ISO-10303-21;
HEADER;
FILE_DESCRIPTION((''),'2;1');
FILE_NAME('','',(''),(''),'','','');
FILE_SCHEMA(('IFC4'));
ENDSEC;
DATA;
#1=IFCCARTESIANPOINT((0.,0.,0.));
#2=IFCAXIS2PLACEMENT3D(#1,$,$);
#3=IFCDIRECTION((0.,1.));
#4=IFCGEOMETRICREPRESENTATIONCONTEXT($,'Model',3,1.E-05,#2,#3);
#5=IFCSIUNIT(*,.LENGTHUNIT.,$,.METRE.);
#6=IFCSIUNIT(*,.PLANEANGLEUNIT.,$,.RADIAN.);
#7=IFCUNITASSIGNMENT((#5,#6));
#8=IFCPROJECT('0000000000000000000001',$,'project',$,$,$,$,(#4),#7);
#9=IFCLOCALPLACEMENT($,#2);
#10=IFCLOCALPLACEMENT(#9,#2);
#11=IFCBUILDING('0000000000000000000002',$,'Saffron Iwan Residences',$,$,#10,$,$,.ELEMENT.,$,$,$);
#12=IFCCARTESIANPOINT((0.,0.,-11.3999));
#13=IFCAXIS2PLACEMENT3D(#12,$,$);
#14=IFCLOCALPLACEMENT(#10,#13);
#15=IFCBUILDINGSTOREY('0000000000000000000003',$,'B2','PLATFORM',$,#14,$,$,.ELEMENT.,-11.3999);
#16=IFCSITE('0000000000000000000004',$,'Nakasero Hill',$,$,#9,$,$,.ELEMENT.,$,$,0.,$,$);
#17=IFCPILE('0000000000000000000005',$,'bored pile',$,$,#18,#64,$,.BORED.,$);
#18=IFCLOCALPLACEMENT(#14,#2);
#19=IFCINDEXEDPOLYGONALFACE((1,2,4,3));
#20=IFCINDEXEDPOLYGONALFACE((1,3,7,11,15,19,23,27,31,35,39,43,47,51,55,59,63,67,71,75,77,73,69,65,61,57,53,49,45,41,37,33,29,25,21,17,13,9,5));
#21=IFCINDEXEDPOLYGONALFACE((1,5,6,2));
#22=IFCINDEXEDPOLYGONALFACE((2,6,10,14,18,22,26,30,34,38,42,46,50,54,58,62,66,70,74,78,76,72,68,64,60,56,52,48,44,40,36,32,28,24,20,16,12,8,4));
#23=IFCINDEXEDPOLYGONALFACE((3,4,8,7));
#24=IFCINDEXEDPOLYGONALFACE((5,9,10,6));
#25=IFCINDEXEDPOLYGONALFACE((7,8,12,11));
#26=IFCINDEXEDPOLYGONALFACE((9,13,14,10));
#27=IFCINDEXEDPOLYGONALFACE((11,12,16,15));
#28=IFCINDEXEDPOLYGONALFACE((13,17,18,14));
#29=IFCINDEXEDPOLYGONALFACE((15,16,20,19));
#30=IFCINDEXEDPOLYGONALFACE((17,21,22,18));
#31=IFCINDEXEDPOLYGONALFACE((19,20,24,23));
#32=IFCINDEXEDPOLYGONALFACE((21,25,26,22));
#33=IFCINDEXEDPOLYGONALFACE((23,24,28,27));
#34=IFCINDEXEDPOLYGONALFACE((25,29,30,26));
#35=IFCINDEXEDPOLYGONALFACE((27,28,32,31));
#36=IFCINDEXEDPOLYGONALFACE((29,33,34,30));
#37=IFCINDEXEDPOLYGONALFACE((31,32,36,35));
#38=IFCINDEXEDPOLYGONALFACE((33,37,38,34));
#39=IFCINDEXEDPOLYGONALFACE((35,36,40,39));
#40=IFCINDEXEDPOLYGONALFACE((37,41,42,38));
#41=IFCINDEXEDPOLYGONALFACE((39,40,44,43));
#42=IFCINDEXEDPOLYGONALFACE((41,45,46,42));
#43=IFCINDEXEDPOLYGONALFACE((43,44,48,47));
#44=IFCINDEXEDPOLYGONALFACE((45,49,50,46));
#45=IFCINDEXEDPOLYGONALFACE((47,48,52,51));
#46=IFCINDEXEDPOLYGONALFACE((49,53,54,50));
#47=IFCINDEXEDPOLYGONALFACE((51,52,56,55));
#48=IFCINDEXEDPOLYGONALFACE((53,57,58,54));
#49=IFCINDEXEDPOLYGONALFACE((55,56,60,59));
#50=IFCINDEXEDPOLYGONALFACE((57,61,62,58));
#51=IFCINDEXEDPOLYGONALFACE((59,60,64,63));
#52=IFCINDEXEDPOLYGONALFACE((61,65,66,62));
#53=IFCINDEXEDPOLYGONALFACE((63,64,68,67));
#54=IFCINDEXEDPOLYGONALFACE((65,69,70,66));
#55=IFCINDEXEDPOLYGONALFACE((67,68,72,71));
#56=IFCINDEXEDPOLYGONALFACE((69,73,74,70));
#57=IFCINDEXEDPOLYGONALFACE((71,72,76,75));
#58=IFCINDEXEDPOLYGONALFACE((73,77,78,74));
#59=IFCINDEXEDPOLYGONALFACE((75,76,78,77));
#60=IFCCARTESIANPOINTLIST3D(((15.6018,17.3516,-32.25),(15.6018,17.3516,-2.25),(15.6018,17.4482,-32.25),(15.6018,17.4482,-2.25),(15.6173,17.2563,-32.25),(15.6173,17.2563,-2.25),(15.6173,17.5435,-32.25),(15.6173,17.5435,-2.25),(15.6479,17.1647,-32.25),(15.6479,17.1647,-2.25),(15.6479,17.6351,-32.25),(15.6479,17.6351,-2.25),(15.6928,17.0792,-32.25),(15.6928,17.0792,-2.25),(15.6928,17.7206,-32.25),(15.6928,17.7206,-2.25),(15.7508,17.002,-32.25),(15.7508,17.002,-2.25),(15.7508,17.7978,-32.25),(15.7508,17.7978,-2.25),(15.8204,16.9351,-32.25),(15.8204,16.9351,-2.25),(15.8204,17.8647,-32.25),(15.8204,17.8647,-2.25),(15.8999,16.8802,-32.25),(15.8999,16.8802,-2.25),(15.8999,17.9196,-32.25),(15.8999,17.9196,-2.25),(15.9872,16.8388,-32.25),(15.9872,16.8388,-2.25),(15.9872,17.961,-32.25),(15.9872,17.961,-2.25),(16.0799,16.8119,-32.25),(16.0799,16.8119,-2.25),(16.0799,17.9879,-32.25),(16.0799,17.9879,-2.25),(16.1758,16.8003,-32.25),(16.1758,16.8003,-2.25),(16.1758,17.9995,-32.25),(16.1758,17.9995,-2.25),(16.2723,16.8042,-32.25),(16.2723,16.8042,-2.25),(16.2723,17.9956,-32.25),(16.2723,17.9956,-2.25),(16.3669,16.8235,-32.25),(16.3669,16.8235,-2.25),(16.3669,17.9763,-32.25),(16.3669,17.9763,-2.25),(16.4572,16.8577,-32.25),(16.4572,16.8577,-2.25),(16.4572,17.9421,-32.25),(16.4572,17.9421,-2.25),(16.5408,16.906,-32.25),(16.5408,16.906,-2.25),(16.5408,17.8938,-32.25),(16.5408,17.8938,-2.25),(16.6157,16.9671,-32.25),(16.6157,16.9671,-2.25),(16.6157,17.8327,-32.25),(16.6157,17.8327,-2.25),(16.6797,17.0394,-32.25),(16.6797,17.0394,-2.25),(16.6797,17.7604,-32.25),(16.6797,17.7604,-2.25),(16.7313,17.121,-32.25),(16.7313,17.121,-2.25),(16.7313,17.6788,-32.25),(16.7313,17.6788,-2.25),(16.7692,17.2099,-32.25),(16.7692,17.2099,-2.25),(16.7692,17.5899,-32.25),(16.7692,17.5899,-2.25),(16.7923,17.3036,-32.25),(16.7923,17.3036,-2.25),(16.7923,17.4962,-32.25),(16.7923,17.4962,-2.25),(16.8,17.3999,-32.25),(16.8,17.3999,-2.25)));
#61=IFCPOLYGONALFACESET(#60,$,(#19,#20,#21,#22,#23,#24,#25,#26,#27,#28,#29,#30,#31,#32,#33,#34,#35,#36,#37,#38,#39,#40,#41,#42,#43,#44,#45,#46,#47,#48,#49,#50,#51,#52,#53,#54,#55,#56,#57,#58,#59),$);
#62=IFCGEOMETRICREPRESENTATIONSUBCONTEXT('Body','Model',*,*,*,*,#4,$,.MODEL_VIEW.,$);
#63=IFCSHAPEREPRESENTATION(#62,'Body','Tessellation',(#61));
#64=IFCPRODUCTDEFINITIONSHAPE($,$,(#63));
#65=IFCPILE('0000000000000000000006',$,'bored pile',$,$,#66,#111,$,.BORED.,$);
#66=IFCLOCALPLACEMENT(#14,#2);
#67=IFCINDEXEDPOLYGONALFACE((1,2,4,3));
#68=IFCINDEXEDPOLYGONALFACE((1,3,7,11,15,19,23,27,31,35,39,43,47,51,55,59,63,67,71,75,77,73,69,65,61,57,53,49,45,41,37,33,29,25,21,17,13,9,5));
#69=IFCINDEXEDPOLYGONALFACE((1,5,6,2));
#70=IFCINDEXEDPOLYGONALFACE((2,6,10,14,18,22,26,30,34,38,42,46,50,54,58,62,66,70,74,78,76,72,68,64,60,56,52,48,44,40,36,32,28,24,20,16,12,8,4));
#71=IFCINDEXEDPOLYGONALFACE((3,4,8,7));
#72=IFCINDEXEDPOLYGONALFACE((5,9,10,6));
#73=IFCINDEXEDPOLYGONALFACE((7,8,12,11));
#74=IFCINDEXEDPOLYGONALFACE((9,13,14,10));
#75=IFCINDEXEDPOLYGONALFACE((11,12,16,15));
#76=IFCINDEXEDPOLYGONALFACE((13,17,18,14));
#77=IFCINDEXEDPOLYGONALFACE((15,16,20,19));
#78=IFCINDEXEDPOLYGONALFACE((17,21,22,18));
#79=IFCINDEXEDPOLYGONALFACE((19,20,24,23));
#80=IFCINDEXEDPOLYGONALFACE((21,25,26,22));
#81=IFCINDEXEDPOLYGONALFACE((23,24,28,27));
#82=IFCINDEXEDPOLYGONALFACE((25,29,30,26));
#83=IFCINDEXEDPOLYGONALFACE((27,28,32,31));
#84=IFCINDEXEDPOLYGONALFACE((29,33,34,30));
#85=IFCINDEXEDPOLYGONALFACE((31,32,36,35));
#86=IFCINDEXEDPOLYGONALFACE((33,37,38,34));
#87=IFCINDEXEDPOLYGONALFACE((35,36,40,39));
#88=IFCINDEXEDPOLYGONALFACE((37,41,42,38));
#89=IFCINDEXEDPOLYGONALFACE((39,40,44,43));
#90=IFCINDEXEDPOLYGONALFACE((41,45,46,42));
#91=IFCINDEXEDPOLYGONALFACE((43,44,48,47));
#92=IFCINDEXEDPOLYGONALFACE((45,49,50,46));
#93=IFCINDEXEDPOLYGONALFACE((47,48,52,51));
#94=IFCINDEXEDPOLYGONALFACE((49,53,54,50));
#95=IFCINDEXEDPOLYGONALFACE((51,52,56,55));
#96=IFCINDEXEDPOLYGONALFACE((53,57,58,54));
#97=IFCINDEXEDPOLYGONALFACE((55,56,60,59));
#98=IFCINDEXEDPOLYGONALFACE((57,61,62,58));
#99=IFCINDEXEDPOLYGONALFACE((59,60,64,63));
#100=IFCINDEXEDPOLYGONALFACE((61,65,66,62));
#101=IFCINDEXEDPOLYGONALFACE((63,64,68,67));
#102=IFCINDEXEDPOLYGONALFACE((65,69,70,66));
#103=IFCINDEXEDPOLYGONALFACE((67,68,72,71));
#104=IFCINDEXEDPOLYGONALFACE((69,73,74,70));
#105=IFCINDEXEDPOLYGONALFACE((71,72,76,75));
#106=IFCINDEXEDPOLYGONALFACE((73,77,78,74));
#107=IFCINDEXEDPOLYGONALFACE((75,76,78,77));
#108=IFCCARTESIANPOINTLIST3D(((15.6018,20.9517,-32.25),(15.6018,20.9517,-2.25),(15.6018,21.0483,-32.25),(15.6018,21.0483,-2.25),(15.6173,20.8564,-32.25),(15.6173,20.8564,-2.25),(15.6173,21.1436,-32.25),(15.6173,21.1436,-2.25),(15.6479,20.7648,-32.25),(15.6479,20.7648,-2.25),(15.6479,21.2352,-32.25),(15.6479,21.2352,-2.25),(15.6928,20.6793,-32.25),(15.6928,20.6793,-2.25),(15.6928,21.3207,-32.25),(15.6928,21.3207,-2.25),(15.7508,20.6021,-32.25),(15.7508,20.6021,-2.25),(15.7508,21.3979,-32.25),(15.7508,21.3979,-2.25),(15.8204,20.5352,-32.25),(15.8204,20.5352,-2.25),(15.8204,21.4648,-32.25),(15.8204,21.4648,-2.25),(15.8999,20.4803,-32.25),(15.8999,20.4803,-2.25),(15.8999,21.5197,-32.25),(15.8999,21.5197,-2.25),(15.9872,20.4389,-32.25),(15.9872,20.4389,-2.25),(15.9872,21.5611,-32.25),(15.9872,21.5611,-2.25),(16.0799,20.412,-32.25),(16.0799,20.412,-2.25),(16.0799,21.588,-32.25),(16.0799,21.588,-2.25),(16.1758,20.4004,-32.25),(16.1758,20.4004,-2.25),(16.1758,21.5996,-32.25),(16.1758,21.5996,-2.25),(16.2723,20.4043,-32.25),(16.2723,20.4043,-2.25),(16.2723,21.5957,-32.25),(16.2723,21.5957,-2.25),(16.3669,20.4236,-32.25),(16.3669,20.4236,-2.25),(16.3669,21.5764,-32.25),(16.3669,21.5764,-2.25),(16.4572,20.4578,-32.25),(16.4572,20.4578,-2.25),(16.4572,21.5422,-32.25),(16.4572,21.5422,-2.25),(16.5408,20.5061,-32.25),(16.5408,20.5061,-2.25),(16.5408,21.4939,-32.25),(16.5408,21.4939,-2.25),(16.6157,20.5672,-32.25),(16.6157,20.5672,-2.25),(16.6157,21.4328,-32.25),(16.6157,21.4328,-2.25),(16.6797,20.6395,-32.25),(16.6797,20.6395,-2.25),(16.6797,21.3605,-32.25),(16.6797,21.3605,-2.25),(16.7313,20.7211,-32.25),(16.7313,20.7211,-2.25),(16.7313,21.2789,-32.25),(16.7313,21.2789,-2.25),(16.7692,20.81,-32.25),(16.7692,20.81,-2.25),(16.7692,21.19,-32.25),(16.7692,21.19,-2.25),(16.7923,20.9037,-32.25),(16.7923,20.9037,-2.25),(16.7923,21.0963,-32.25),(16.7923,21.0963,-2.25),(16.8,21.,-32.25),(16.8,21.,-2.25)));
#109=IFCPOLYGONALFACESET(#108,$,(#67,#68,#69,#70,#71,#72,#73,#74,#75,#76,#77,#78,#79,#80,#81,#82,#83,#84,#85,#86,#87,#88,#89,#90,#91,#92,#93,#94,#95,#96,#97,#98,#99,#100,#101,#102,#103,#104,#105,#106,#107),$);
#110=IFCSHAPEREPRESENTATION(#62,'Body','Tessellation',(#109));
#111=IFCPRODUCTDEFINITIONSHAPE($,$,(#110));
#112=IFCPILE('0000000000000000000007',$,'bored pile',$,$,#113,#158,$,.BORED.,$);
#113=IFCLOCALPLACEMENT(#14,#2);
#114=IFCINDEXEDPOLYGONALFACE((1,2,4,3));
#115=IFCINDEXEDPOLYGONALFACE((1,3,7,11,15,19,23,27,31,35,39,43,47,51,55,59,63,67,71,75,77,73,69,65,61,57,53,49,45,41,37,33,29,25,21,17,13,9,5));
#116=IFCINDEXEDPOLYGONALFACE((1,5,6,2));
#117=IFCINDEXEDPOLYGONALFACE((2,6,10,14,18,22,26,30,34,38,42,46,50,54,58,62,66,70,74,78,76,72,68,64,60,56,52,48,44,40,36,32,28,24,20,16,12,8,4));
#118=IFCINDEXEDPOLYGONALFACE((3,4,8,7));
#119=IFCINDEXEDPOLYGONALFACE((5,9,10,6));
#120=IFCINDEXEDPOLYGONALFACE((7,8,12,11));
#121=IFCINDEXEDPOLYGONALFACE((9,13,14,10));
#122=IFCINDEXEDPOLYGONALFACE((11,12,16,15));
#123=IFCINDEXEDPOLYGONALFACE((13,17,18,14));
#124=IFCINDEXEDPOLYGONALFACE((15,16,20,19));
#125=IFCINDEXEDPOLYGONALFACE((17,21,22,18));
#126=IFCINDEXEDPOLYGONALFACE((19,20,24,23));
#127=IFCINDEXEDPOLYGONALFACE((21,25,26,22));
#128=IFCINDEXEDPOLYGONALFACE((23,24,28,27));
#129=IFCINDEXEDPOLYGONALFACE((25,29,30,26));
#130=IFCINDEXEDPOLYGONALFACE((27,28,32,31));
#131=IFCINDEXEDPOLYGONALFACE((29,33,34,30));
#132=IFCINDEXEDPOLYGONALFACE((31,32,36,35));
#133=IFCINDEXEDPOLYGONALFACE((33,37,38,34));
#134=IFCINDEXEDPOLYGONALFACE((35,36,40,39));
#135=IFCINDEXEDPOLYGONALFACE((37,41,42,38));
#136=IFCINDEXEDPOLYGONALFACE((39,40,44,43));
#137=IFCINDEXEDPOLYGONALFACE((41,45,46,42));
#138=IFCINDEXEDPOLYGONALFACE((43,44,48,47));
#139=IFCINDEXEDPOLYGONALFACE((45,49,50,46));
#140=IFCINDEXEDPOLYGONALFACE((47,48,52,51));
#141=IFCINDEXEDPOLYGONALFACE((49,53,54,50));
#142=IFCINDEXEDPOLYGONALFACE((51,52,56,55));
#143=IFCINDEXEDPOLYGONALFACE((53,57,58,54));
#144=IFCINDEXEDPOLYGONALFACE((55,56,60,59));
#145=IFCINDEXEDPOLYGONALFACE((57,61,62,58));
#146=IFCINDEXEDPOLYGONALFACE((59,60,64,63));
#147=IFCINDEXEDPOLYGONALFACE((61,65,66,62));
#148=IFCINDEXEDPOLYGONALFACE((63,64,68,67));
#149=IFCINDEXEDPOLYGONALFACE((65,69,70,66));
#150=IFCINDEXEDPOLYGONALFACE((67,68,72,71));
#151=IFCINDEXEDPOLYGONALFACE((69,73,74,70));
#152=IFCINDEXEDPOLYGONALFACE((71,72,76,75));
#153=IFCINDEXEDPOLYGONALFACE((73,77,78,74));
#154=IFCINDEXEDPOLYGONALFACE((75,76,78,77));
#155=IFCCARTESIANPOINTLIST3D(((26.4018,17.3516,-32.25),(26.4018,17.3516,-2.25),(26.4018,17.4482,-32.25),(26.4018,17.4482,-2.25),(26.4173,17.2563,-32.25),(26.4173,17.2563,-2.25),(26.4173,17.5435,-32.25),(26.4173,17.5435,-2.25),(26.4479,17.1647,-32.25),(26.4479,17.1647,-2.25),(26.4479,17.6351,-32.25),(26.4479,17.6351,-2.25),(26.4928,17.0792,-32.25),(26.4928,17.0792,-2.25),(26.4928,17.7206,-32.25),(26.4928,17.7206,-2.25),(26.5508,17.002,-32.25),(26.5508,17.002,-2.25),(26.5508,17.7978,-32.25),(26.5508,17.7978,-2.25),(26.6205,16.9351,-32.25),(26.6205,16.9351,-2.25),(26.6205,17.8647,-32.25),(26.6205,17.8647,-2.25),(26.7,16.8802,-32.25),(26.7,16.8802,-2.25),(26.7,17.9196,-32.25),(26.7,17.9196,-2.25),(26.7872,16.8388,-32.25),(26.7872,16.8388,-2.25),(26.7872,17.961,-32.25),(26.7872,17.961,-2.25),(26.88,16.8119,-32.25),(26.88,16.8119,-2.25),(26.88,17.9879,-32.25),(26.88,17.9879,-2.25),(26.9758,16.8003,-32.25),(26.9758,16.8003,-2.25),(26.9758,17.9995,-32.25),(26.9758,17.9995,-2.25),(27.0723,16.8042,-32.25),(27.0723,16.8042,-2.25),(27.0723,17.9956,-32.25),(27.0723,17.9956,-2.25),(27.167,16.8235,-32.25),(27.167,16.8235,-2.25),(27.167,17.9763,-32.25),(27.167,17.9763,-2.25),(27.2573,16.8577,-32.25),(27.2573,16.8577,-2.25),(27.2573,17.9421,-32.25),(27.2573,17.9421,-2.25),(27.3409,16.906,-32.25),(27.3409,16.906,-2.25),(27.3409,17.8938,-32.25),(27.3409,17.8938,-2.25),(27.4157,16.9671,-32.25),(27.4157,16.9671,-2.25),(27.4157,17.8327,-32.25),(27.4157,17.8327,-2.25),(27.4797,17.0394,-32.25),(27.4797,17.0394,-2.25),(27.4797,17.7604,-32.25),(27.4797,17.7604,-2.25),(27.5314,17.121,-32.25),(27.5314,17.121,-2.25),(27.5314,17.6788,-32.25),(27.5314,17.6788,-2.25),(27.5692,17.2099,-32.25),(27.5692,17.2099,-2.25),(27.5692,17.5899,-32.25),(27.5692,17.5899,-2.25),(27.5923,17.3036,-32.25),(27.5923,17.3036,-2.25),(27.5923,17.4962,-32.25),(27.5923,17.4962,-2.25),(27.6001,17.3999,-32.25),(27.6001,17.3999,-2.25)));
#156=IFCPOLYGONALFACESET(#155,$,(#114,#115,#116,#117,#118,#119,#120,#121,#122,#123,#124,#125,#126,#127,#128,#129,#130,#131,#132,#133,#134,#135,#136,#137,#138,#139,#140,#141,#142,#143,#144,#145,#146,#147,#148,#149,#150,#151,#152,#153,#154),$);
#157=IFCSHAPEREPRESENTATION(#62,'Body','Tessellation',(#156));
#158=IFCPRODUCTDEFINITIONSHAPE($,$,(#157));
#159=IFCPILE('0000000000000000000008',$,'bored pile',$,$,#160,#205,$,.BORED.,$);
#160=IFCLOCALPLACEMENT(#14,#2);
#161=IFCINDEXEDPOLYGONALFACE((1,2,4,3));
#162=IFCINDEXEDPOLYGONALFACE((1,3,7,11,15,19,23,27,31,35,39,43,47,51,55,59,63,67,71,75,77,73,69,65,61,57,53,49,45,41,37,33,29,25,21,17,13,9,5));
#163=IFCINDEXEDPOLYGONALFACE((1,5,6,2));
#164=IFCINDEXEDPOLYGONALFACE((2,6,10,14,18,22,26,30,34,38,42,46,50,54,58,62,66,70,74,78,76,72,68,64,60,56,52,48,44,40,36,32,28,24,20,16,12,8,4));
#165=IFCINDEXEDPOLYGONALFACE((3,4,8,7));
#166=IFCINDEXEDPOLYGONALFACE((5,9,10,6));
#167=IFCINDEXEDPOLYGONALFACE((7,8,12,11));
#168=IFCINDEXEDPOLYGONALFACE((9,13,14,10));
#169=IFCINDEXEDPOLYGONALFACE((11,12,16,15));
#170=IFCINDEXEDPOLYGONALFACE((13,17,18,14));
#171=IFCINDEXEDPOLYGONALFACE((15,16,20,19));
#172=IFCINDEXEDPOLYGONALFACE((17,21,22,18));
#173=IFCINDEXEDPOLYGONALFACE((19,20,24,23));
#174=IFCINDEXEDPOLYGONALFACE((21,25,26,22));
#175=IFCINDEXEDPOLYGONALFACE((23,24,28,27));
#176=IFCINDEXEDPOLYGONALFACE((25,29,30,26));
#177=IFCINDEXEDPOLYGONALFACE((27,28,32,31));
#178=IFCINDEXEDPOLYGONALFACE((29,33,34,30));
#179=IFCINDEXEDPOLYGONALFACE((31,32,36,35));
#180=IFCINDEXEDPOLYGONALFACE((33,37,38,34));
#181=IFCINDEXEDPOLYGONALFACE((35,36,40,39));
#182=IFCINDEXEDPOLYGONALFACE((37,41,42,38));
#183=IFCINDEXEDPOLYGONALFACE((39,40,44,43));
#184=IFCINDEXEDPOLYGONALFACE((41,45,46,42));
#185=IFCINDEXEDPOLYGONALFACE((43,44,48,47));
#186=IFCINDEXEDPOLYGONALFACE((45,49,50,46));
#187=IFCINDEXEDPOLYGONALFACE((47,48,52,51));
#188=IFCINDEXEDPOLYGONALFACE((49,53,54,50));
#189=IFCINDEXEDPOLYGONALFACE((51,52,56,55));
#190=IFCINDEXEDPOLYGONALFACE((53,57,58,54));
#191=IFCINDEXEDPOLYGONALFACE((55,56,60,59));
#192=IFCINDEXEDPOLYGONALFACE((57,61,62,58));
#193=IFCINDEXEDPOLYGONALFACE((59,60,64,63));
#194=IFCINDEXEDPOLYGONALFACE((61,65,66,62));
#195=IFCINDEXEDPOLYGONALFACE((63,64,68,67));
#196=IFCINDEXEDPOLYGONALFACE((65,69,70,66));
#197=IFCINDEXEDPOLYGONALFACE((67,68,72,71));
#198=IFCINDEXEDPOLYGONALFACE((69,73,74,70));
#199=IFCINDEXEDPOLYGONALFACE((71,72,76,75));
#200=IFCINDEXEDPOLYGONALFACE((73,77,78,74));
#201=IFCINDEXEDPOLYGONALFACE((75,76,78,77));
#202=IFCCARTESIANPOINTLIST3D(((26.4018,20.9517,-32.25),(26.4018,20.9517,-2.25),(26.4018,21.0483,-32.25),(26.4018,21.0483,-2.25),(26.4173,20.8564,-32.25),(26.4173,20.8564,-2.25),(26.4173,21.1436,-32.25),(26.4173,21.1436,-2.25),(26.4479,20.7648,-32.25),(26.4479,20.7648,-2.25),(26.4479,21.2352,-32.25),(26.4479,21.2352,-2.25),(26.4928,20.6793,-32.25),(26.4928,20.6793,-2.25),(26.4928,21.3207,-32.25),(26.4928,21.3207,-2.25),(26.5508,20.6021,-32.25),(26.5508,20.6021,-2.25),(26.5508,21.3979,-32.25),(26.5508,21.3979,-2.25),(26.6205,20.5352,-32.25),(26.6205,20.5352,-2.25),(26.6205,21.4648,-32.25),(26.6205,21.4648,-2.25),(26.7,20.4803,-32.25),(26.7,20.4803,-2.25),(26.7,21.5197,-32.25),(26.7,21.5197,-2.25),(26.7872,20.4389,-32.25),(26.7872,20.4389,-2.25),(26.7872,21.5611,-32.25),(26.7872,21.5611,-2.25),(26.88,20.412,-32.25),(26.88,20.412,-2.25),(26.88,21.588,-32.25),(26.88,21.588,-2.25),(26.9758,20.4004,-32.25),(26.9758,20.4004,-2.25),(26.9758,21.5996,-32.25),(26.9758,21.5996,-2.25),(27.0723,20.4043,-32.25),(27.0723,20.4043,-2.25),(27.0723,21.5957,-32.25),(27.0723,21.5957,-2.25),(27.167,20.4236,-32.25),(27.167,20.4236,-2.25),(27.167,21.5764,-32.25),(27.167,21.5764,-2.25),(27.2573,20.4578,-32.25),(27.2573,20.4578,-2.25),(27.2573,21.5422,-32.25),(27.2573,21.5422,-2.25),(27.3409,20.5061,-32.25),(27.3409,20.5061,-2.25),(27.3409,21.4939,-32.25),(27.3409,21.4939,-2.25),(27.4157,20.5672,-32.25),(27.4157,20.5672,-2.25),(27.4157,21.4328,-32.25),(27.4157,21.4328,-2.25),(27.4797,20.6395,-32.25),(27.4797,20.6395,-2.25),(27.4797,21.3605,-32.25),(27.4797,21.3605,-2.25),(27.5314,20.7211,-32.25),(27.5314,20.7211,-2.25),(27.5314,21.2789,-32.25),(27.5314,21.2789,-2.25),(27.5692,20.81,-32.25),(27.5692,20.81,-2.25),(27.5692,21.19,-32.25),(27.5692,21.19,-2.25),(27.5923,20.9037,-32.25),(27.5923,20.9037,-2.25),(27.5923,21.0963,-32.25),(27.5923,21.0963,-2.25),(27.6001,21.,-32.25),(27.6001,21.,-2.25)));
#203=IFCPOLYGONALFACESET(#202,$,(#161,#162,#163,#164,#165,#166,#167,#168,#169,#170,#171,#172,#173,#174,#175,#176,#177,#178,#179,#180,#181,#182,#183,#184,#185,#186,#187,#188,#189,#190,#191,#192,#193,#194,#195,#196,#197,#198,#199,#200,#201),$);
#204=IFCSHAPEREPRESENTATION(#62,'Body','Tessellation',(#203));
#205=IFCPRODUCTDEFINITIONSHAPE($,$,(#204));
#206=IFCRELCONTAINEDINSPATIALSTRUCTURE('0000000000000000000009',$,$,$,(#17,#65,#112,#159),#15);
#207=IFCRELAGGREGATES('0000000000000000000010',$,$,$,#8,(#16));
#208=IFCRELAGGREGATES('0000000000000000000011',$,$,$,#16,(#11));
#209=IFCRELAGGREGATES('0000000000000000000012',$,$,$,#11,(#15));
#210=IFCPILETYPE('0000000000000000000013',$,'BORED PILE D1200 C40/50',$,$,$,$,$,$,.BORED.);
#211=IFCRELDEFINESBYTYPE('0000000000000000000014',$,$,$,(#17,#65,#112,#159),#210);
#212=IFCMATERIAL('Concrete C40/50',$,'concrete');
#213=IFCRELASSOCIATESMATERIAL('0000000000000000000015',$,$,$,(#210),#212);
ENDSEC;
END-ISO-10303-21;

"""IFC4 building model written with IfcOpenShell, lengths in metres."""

from ifc_helpers import new_model, si_unit, direction, frame, origin, origin_2d, place, context, subcontext, project, spatial, circle, extrude, material, material_profile, profile_set, type_object, element, save


model = new_model("IFC4")

# Units and contexts
model_context = context("Model", 3, precision=1e-05, world=origin(), true_north=direction((0.0, 1.0)))
body_context = subcontext(model_context, "Body", "Model", "MODEL_VIEW")
ifc_project = project(units=[si_unit("LENGTHUNIT", "METRE"), si_unit("PLANEANGLEUNIT", "RADIAN")], contexts=[model_context])

# Site, building, storey
site_placement = place(None, origin())
site = spatial("IfcSite", under=ifc_project, at=site_placement, Name="Nakasero Hill", CompositionType="ELEMENT", RefElevation=0.0)
building_placement = place(site_placement, origin())
building = spatial("IfcBuilding", under=site, at=building_placement, Name="Saffron Iwan Residences", CompositionType="ELEMENT")
storey_placement = place(building_placement, frame((0.0, 0.0, -11.3999)))
storey = spatial("IfcBuildingStorey", under=building, at=storey_placement, Name="B2", Description="PLATFORM", CompositionType="ELEMENT", Elevation=-11.3999)

# Piles
ifc_material_1 = material(Name="Concrete C40/50", Category="concrete")
ifc_material_profile_1 = material_profile(ifc_material_1, circle(Radius=0.6001, at=origin_2d()), Name="RC D1200")
ifc_profile_set_1 = profile_set([ifc_material_profile_1], Name="Concrete C40/50")
pile_type_1 = type_object("IfcPileType", Name="BORED PILE D1200 C40/50", PredefinedType="BORED", material=ifc_profile_set_1)
for number, where, z_axis, x_axis, name in (
    (1, (16.2, 17.3999, -2.25), (0.0, 0.0, -1.0), (1.0, 0.0, 0.0), "bored pile"),
    (2, (16.2, 21.0, -2.25), (0.0, 0.0, -1.0), (1.0, 0.0, 0.0), "bored pile"),
    (3, (27.0, 17.3999, -2.25), (0.0, 0.0, -1.0), (1.0, 0.0, 0.0), "bored pile"),
    (4, (27.0, 21.0, -2.25), (0.0, 0.0, -1.0), (1.0, 0.0, 0.0), "bored pile"),
):
    element("IfcPile", number, at=place(storey_placement, frame(where, z_axis=z_axis, x_axis=x_axis)), inside=storey, type_object=pile_type_1, Name=name, PredefinedType="BORED", context=body_context, shape_type="SweptSolid", body=[
        extrude(circle(Radius=0.6001, at=origin_2d()), origin(), (0.0, 0.0, 1.0), 30.0),
    ])

save(model, "model.ifc")
